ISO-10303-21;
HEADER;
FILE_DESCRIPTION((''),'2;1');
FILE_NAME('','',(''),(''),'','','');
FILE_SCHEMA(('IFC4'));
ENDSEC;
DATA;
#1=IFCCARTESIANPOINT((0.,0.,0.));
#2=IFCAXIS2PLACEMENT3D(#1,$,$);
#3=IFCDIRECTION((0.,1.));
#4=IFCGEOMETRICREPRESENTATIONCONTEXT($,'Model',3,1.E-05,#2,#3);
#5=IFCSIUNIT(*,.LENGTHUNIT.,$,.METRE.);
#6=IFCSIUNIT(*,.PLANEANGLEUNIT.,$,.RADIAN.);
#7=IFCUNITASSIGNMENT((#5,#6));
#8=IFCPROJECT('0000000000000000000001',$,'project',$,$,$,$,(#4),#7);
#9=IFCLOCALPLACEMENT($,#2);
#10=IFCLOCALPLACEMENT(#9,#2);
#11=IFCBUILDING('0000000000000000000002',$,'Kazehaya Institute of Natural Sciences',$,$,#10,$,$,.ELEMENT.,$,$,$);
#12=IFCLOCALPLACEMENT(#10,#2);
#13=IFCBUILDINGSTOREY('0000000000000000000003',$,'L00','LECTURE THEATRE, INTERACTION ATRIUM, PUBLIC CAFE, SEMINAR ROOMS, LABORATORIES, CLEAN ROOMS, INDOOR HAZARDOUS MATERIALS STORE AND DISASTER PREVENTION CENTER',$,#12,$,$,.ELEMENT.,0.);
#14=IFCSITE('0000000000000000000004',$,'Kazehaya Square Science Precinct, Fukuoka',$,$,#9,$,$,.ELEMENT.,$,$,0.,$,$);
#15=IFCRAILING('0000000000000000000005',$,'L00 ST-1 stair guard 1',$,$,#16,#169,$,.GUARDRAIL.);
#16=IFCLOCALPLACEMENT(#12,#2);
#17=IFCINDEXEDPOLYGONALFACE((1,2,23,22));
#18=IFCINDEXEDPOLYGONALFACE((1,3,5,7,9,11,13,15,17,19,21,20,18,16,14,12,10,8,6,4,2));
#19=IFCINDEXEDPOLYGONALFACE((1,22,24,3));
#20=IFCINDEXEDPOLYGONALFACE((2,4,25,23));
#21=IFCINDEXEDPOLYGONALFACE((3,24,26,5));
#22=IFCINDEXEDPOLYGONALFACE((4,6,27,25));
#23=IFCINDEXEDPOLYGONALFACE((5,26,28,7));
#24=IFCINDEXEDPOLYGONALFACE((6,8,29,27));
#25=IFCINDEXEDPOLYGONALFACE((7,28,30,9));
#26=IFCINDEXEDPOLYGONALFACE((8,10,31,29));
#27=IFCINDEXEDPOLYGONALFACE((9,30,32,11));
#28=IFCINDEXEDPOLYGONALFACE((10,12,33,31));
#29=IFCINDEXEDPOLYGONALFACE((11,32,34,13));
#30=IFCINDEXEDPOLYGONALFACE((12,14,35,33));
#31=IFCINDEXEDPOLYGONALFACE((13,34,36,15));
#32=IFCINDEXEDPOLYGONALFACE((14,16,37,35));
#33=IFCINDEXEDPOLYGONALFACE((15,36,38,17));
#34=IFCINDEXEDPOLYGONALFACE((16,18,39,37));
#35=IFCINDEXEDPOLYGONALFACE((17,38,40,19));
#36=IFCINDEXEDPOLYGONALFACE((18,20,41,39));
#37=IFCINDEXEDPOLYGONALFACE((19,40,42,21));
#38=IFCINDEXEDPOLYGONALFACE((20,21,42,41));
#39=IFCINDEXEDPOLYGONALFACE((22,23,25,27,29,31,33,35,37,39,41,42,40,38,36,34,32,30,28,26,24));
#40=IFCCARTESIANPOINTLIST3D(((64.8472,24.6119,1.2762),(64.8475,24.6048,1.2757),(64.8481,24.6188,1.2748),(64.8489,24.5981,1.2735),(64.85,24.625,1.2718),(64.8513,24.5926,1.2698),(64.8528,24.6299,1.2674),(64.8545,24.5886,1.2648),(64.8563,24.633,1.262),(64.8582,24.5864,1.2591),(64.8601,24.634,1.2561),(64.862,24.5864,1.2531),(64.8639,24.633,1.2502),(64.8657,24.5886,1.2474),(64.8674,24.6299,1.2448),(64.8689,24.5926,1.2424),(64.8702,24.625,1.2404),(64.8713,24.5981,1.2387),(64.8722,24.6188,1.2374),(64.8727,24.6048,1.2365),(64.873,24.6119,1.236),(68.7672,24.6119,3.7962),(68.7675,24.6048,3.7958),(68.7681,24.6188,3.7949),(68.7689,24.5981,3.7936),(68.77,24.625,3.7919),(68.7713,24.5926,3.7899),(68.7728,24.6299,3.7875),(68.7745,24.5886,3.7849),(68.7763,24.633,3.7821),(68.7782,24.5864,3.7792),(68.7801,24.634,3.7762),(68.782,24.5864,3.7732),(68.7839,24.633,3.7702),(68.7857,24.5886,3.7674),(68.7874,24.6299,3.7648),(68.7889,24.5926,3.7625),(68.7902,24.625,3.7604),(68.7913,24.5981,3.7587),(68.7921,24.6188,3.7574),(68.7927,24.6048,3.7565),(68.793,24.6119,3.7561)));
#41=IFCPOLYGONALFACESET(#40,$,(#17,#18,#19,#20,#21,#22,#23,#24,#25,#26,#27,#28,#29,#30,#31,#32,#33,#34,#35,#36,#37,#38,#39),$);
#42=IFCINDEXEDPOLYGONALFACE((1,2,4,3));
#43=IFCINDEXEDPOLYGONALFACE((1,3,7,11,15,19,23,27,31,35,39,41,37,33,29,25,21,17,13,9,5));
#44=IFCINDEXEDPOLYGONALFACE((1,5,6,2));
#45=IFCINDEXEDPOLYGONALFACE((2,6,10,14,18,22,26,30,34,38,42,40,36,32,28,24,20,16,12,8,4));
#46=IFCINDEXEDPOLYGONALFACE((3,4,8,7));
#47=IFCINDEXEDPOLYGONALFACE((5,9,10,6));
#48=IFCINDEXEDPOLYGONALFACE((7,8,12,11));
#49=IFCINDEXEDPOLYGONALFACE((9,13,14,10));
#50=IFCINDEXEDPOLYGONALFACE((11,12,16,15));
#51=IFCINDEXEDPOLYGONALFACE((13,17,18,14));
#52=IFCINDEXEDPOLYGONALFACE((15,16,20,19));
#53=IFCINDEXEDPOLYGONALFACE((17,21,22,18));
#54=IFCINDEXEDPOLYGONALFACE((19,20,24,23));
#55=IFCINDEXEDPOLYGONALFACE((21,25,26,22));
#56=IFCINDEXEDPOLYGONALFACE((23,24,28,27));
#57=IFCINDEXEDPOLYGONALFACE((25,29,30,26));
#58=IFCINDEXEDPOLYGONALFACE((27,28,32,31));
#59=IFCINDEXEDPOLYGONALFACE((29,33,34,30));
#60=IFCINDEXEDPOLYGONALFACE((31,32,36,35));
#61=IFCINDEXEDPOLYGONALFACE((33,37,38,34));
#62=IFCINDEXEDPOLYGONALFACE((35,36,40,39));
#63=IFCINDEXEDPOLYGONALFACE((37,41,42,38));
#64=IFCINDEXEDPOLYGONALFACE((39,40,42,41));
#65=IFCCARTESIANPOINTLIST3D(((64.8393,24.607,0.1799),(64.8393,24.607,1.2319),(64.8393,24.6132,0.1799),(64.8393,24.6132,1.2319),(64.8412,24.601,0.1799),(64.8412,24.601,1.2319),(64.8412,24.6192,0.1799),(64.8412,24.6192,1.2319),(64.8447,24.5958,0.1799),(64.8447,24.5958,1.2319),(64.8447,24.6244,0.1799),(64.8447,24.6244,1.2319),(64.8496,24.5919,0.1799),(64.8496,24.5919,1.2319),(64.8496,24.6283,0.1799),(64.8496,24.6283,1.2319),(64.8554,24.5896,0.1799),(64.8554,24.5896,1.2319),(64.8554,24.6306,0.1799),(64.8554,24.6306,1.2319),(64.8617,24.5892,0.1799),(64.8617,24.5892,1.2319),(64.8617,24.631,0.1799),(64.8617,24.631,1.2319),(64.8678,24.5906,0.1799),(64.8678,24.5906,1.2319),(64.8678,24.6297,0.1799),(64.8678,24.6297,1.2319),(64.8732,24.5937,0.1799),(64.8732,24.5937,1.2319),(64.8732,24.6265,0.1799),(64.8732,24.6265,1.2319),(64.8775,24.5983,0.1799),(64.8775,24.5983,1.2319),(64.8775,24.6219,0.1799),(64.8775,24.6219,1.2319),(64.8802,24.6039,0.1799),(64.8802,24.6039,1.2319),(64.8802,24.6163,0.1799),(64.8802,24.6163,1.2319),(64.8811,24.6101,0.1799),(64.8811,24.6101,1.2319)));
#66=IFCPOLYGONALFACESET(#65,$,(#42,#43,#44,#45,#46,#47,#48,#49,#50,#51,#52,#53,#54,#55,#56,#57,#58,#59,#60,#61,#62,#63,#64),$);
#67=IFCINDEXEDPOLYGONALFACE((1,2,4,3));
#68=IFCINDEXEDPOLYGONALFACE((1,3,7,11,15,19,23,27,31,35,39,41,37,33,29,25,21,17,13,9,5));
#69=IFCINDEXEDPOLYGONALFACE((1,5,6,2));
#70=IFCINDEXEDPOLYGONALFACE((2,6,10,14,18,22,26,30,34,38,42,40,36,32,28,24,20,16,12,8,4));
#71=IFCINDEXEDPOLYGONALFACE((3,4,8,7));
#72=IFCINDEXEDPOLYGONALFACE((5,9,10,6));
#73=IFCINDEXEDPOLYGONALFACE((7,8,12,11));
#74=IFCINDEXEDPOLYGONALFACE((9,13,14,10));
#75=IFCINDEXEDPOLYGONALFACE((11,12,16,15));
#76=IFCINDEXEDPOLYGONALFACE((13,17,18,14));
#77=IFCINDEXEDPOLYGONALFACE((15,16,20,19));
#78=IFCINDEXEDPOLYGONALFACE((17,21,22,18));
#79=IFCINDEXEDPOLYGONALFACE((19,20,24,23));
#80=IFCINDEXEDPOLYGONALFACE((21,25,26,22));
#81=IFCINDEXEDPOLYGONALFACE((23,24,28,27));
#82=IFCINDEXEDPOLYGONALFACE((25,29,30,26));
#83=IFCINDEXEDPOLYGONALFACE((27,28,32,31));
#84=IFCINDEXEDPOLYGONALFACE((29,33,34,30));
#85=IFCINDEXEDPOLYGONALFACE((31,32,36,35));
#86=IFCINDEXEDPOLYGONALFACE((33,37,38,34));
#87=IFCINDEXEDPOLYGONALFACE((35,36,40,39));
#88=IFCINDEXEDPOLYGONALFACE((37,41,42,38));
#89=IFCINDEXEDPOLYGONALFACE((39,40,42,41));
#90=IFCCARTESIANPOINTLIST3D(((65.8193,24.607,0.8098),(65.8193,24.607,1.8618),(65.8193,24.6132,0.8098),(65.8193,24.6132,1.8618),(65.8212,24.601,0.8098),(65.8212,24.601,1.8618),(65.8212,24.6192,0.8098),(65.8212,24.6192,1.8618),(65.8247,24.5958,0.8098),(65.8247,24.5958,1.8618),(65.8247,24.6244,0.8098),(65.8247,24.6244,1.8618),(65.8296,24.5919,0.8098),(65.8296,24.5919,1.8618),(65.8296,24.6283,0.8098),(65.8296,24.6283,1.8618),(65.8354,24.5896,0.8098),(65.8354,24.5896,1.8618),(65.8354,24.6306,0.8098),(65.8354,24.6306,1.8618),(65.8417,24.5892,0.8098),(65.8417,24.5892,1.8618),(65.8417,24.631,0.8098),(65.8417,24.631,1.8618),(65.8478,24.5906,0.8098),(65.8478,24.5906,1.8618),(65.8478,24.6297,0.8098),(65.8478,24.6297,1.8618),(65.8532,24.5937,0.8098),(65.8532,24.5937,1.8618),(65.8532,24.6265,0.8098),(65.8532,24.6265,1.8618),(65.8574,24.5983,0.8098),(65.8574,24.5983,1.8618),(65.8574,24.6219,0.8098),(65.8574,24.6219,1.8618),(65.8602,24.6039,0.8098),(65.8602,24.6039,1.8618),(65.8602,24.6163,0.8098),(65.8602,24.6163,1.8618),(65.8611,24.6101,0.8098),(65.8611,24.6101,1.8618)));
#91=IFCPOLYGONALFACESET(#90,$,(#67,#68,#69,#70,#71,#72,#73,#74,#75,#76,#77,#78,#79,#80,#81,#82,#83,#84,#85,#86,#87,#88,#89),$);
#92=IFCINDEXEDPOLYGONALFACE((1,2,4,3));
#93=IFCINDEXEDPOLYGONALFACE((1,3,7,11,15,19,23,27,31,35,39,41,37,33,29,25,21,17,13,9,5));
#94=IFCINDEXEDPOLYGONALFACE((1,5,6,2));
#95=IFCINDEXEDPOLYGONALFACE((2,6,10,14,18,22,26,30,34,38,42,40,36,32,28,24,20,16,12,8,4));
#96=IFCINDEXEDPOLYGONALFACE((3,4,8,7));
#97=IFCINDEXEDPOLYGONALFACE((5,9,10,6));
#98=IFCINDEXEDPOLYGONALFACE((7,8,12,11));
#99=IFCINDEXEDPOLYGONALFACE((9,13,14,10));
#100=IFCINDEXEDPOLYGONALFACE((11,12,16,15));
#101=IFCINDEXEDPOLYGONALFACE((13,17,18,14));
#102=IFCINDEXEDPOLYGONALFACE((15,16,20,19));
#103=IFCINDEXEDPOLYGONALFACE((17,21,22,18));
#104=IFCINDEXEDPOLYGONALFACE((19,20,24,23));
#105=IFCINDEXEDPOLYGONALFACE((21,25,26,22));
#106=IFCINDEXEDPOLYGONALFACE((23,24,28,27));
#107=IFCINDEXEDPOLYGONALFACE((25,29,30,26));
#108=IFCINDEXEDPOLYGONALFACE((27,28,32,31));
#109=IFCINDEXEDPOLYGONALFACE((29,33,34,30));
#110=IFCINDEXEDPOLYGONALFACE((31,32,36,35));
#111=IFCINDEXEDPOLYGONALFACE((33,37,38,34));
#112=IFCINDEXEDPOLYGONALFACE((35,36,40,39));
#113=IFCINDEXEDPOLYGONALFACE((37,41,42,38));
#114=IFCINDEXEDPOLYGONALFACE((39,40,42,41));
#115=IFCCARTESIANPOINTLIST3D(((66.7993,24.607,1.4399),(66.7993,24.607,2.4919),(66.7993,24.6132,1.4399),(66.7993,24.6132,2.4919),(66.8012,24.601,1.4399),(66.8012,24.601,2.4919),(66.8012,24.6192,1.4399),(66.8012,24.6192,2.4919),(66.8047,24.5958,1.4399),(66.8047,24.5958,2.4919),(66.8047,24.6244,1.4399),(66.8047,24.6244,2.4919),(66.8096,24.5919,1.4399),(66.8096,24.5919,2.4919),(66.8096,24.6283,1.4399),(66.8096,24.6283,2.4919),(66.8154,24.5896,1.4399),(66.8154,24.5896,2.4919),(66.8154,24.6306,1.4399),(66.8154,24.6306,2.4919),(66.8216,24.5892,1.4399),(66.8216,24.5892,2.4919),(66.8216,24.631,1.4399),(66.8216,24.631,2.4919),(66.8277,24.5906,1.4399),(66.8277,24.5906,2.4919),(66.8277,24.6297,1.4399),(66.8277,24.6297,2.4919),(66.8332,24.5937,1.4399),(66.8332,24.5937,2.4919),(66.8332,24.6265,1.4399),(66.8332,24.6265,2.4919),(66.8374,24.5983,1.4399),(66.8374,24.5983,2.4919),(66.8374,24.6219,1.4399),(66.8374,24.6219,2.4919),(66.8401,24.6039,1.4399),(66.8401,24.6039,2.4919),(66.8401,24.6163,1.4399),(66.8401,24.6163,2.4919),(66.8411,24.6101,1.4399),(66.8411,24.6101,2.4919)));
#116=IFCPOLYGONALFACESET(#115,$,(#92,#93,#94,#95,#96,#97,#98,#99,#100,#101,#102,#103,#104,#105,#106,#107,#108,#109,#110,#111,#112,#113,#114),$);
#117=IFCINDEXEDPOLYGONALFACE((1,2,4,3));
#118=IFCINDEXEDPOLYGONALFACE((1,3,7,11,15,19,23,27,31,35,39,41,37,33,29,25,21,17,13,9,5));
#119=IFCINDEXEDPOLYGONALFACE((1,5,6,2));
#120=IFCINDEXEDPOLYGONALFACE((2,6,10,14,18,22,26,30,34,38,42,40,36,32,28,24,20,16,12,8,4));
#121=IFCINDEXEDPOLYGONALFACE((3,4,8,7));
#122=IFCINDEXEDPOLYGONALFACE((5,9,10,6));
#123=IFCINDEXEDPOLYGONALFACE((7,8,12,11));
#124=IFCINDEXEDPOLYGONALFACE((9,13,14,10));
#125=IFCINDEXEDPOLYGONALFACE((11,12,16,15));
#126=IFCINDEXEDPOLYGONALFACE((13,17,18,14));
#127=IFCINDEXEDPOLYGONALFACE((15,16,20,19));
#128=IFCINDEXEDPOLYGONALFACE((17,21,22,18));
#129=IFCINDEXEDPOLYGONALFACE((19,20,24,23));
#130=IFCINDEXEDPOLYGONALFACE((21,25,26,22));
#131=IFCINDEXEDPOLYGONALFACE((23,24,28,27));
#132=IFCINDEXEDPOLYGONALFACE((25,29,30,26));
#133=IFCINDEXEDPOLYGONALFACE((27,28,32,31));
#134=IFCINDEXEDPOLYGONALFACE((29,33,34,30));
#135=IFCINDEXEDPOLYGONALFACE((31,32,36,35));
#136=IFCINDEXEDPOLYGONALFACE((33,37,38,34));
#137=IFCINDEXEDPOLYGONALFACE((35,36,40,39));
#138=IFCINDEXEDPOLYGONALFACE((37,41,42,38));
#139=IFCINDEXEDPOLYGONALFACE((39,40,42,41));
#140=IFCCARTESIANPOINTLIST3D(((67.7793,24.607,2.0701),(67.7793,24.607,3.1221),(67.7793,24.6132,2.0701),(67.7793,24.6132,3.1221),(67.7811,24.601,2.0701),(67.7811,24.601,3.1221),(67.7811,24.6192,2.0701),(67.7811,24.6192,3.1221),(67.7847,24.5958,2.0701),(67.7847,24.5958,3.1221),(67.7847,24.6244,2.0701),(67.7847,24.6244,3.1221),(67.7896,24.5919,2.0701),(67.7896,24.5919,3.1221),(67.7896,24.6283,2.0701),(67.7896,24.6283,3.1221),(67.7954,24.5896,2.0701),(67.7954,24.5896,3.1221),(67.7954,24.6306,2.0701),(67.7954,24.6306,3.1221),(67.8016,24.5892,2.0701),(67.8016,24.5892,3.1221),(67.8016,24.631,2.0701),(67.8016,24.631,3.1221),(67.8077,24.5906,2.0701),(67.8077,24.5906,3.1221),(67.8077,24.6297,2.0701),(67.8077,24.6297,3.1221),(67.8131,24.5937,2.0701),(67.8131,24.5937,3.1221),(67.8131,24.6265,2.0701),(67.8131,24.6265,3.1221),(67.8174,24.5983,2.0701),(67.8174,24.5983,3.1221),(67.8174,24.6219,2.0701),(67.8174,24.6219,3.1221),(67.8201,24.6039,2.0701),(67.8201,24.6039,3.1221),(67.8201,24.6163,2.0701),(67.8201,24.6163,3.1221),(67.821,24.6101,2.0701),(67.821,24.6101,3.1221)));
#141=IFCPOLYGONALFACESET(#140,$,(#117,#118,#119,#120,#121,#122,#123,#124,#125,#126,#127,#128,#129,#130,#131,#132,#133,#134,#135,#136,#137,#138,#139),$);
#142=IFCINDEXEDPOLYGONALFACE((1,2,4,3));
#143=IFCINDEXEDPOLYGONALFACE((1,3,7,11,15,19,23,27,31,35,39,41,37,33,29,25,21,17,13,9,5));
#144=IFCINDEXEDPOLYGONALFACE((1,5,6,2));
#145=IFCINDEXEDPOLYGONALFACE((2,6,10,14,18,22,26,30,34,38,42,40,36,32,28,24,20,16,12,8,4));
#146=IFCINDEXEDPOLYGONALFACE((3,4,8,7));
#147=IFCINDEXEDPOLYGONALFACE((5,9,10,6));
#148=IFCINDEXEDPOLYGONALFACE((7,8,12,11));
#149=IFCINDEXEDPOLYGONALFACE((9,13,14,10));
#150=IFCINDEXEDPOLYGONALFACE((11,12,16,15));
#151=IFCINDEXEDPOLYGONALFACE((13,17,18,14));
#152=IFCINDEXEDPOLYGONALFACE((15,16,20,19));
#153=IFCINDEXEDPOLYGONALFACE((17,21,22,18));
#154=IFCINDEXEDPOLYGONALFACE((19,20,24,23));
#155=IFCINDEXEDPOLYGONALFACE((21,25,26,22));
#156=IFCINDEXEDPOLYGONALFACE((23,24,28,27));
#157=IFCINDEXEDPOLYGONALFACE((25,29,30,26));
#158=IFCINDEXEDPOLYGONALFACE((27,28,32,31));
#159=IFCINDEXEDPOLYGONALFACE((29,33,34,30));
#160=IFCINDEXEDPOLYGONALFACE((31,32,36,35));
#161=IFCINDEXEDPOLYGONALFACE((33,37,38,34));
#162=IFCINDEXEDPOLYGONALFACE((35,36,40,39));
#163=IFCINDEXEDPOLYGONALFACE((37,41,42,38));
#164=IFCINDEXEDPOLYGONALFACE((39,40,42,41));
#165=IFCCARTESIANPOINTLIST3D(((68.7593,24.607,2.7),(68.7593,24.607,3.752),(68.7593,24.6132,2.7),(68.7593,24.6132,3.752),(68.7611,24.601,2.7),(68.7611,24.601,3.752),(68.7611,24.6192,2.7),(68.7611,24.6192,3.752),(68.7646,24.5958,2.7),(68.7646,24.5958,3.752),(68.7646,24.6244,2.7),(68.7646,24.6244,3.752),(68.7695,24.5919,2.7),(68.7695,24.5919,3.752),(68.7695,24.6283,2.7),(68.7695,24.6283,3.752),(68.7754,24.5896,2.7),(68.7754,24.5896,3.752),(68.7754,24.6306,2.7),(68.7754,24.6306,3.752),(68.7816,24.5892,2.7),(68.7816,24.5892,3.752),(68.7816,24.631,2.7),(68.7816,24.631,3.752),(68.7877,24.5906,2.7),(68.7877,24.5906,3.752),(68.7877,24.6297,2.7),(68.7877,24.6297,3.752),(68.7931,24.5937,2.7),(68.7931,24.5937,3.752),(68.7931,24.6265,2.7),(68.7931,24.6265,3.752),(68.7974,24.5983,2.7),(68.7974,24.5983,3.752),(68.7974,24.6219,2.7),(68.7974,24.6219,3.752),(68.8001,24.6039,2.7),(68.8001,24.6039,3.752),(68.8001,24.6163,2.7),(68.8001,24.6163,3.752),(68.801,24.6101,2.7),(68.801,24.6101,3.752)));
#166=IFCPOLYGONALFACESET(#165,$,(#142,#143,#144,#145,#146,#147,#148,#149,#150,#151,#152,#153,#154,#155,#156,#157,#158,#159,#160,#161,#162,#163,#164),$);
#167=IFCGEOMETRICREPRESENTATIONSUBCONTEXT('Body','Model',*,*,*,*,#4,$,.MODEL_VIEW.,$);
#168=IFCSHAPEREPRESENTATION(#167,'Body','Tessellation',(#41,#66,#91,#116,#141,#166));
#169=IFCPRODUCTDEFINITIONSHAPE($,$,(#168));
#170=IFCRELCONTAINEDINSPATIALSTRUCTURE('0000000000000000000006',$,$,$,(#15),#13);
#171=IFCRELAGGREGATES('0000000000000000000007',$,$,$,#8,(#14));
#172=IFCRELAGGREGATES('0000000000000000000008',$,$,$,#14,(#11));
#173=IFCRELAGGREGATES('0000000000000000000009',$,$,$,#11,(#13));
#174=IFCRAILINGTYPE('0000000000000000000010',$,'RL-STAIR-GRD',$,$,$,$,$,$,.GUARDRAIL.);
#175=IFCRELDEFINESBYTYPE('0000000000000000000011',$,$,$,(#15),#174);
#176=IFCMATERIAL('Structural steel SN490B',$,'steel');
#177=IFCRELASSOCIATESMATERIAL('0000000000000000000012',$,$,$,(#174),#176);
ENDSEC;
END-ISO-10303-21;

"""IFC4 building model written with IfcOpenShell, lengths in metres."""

from ifc_helpers import new_model, si_unit, direction, frame, origin, origin_2d, place, context, subcontext, project, spatial, circle, extrude, material, type_object, element, save


model = new_model("IFC4")

# Units and contexts
model_context = context("Model", 3, precision=1e-05, world=origin(), true_north=direction((0.0, 1.0)))
body_context = subcontext(model_context, "Body", "Model", "MODEL_VIEW")
ifc_project = project(units=[si_unit("LENGTHUNIT", "METRE"), si_unit("PLANEANGLEUNIT", "RADIAN")], contexts=[model_context])

# Site, building, storey
site_placement = place(None, origin())
site = spatial("IfcSite", under=ifc_project, at=site_placement, Name="Kazehaya Square Science Precinct, Fukuoka", CompositionType="ELEMENT", RefElevation=0.0)
building_placement = place(site_placement, origin())
building = spatial("IfcBuilding", under=site, at=building_placement, Name="Kazehaya Institute of Natural Sciences", CompositionType="ELEMENT")
storey_placement = place(building_placement, origin())
storey = spatial("IfcBuildingStorey", under=building, at=storey_placement, Name="L00", Description="LECTURE THEATRE, INTERACTION ATRIUM, PUBLIC CAFE, SEMINAR ROOMS, LABORATORIES, CLEAN ROOMS, INDOOR HAZARDOUS MATERIALS STORE AND DISASTER PREVENTION CENTER", CompositionType="ELEMENT", Elevation=0.0)

# Railing
ifc_material_1 = material(Name="Structural steel SN490B", Category="steel")
railing_type_1 = type_object("IfcRailingType", Name="RL-STAIR-GRD", PredefinedType="GUARDRAIL", material=ifc_material_1)
railing_1_placement = place(storey_placement, frame((64.8601, 24.6101, 0.1799)))
element("IfcRailing", 1, at=railing_1_placement, inside=storey, type_object=railing_type_1, Name="L00 ST-1 stair guard 1", PredefinedType="GUARDRAIL", context=body_context, shape_type="SweptSolid", body=[
    extrude(circle(Radius=0.0239, at=origin_2d()), frame((0.0, 0.0, 1.0762), z_axis=(0.841172, 0.0, 0.540768), x_axis=(0.0, 1.0, 0.0)), (0.0, 0.0, 1.0), 4.6602),
    extrude(circle(Radius=0.021, at=origin_2d()), origin(), (0.0, 0.0, 1.0), 1.052),
    extrude(circle(Radius=0.021, at=origin_2d()), frame((0.98, 0.0, 0.6299)), (0.0, 0.0, 1.0), 1.052),
    extrude(circle(Radius=0.021, at=origin_2d()), frame((1.96, 0.0, 1.26)), (0.0, 0.0, 1.0), 1.052),
    extrude(circle(Radius=0.021, at=origin_2d()), frame((2.9399, 0.0, 1.8901)), (0.0, 0.0, 1.0), 1.052),
    extrude(circle(Radius=0.021, at=origin_2d()), frame((3.9199, 0.0, 2.52)), (0.0, 0.0, 1.0), 1.052),
])

save(model, "model.ifc")
